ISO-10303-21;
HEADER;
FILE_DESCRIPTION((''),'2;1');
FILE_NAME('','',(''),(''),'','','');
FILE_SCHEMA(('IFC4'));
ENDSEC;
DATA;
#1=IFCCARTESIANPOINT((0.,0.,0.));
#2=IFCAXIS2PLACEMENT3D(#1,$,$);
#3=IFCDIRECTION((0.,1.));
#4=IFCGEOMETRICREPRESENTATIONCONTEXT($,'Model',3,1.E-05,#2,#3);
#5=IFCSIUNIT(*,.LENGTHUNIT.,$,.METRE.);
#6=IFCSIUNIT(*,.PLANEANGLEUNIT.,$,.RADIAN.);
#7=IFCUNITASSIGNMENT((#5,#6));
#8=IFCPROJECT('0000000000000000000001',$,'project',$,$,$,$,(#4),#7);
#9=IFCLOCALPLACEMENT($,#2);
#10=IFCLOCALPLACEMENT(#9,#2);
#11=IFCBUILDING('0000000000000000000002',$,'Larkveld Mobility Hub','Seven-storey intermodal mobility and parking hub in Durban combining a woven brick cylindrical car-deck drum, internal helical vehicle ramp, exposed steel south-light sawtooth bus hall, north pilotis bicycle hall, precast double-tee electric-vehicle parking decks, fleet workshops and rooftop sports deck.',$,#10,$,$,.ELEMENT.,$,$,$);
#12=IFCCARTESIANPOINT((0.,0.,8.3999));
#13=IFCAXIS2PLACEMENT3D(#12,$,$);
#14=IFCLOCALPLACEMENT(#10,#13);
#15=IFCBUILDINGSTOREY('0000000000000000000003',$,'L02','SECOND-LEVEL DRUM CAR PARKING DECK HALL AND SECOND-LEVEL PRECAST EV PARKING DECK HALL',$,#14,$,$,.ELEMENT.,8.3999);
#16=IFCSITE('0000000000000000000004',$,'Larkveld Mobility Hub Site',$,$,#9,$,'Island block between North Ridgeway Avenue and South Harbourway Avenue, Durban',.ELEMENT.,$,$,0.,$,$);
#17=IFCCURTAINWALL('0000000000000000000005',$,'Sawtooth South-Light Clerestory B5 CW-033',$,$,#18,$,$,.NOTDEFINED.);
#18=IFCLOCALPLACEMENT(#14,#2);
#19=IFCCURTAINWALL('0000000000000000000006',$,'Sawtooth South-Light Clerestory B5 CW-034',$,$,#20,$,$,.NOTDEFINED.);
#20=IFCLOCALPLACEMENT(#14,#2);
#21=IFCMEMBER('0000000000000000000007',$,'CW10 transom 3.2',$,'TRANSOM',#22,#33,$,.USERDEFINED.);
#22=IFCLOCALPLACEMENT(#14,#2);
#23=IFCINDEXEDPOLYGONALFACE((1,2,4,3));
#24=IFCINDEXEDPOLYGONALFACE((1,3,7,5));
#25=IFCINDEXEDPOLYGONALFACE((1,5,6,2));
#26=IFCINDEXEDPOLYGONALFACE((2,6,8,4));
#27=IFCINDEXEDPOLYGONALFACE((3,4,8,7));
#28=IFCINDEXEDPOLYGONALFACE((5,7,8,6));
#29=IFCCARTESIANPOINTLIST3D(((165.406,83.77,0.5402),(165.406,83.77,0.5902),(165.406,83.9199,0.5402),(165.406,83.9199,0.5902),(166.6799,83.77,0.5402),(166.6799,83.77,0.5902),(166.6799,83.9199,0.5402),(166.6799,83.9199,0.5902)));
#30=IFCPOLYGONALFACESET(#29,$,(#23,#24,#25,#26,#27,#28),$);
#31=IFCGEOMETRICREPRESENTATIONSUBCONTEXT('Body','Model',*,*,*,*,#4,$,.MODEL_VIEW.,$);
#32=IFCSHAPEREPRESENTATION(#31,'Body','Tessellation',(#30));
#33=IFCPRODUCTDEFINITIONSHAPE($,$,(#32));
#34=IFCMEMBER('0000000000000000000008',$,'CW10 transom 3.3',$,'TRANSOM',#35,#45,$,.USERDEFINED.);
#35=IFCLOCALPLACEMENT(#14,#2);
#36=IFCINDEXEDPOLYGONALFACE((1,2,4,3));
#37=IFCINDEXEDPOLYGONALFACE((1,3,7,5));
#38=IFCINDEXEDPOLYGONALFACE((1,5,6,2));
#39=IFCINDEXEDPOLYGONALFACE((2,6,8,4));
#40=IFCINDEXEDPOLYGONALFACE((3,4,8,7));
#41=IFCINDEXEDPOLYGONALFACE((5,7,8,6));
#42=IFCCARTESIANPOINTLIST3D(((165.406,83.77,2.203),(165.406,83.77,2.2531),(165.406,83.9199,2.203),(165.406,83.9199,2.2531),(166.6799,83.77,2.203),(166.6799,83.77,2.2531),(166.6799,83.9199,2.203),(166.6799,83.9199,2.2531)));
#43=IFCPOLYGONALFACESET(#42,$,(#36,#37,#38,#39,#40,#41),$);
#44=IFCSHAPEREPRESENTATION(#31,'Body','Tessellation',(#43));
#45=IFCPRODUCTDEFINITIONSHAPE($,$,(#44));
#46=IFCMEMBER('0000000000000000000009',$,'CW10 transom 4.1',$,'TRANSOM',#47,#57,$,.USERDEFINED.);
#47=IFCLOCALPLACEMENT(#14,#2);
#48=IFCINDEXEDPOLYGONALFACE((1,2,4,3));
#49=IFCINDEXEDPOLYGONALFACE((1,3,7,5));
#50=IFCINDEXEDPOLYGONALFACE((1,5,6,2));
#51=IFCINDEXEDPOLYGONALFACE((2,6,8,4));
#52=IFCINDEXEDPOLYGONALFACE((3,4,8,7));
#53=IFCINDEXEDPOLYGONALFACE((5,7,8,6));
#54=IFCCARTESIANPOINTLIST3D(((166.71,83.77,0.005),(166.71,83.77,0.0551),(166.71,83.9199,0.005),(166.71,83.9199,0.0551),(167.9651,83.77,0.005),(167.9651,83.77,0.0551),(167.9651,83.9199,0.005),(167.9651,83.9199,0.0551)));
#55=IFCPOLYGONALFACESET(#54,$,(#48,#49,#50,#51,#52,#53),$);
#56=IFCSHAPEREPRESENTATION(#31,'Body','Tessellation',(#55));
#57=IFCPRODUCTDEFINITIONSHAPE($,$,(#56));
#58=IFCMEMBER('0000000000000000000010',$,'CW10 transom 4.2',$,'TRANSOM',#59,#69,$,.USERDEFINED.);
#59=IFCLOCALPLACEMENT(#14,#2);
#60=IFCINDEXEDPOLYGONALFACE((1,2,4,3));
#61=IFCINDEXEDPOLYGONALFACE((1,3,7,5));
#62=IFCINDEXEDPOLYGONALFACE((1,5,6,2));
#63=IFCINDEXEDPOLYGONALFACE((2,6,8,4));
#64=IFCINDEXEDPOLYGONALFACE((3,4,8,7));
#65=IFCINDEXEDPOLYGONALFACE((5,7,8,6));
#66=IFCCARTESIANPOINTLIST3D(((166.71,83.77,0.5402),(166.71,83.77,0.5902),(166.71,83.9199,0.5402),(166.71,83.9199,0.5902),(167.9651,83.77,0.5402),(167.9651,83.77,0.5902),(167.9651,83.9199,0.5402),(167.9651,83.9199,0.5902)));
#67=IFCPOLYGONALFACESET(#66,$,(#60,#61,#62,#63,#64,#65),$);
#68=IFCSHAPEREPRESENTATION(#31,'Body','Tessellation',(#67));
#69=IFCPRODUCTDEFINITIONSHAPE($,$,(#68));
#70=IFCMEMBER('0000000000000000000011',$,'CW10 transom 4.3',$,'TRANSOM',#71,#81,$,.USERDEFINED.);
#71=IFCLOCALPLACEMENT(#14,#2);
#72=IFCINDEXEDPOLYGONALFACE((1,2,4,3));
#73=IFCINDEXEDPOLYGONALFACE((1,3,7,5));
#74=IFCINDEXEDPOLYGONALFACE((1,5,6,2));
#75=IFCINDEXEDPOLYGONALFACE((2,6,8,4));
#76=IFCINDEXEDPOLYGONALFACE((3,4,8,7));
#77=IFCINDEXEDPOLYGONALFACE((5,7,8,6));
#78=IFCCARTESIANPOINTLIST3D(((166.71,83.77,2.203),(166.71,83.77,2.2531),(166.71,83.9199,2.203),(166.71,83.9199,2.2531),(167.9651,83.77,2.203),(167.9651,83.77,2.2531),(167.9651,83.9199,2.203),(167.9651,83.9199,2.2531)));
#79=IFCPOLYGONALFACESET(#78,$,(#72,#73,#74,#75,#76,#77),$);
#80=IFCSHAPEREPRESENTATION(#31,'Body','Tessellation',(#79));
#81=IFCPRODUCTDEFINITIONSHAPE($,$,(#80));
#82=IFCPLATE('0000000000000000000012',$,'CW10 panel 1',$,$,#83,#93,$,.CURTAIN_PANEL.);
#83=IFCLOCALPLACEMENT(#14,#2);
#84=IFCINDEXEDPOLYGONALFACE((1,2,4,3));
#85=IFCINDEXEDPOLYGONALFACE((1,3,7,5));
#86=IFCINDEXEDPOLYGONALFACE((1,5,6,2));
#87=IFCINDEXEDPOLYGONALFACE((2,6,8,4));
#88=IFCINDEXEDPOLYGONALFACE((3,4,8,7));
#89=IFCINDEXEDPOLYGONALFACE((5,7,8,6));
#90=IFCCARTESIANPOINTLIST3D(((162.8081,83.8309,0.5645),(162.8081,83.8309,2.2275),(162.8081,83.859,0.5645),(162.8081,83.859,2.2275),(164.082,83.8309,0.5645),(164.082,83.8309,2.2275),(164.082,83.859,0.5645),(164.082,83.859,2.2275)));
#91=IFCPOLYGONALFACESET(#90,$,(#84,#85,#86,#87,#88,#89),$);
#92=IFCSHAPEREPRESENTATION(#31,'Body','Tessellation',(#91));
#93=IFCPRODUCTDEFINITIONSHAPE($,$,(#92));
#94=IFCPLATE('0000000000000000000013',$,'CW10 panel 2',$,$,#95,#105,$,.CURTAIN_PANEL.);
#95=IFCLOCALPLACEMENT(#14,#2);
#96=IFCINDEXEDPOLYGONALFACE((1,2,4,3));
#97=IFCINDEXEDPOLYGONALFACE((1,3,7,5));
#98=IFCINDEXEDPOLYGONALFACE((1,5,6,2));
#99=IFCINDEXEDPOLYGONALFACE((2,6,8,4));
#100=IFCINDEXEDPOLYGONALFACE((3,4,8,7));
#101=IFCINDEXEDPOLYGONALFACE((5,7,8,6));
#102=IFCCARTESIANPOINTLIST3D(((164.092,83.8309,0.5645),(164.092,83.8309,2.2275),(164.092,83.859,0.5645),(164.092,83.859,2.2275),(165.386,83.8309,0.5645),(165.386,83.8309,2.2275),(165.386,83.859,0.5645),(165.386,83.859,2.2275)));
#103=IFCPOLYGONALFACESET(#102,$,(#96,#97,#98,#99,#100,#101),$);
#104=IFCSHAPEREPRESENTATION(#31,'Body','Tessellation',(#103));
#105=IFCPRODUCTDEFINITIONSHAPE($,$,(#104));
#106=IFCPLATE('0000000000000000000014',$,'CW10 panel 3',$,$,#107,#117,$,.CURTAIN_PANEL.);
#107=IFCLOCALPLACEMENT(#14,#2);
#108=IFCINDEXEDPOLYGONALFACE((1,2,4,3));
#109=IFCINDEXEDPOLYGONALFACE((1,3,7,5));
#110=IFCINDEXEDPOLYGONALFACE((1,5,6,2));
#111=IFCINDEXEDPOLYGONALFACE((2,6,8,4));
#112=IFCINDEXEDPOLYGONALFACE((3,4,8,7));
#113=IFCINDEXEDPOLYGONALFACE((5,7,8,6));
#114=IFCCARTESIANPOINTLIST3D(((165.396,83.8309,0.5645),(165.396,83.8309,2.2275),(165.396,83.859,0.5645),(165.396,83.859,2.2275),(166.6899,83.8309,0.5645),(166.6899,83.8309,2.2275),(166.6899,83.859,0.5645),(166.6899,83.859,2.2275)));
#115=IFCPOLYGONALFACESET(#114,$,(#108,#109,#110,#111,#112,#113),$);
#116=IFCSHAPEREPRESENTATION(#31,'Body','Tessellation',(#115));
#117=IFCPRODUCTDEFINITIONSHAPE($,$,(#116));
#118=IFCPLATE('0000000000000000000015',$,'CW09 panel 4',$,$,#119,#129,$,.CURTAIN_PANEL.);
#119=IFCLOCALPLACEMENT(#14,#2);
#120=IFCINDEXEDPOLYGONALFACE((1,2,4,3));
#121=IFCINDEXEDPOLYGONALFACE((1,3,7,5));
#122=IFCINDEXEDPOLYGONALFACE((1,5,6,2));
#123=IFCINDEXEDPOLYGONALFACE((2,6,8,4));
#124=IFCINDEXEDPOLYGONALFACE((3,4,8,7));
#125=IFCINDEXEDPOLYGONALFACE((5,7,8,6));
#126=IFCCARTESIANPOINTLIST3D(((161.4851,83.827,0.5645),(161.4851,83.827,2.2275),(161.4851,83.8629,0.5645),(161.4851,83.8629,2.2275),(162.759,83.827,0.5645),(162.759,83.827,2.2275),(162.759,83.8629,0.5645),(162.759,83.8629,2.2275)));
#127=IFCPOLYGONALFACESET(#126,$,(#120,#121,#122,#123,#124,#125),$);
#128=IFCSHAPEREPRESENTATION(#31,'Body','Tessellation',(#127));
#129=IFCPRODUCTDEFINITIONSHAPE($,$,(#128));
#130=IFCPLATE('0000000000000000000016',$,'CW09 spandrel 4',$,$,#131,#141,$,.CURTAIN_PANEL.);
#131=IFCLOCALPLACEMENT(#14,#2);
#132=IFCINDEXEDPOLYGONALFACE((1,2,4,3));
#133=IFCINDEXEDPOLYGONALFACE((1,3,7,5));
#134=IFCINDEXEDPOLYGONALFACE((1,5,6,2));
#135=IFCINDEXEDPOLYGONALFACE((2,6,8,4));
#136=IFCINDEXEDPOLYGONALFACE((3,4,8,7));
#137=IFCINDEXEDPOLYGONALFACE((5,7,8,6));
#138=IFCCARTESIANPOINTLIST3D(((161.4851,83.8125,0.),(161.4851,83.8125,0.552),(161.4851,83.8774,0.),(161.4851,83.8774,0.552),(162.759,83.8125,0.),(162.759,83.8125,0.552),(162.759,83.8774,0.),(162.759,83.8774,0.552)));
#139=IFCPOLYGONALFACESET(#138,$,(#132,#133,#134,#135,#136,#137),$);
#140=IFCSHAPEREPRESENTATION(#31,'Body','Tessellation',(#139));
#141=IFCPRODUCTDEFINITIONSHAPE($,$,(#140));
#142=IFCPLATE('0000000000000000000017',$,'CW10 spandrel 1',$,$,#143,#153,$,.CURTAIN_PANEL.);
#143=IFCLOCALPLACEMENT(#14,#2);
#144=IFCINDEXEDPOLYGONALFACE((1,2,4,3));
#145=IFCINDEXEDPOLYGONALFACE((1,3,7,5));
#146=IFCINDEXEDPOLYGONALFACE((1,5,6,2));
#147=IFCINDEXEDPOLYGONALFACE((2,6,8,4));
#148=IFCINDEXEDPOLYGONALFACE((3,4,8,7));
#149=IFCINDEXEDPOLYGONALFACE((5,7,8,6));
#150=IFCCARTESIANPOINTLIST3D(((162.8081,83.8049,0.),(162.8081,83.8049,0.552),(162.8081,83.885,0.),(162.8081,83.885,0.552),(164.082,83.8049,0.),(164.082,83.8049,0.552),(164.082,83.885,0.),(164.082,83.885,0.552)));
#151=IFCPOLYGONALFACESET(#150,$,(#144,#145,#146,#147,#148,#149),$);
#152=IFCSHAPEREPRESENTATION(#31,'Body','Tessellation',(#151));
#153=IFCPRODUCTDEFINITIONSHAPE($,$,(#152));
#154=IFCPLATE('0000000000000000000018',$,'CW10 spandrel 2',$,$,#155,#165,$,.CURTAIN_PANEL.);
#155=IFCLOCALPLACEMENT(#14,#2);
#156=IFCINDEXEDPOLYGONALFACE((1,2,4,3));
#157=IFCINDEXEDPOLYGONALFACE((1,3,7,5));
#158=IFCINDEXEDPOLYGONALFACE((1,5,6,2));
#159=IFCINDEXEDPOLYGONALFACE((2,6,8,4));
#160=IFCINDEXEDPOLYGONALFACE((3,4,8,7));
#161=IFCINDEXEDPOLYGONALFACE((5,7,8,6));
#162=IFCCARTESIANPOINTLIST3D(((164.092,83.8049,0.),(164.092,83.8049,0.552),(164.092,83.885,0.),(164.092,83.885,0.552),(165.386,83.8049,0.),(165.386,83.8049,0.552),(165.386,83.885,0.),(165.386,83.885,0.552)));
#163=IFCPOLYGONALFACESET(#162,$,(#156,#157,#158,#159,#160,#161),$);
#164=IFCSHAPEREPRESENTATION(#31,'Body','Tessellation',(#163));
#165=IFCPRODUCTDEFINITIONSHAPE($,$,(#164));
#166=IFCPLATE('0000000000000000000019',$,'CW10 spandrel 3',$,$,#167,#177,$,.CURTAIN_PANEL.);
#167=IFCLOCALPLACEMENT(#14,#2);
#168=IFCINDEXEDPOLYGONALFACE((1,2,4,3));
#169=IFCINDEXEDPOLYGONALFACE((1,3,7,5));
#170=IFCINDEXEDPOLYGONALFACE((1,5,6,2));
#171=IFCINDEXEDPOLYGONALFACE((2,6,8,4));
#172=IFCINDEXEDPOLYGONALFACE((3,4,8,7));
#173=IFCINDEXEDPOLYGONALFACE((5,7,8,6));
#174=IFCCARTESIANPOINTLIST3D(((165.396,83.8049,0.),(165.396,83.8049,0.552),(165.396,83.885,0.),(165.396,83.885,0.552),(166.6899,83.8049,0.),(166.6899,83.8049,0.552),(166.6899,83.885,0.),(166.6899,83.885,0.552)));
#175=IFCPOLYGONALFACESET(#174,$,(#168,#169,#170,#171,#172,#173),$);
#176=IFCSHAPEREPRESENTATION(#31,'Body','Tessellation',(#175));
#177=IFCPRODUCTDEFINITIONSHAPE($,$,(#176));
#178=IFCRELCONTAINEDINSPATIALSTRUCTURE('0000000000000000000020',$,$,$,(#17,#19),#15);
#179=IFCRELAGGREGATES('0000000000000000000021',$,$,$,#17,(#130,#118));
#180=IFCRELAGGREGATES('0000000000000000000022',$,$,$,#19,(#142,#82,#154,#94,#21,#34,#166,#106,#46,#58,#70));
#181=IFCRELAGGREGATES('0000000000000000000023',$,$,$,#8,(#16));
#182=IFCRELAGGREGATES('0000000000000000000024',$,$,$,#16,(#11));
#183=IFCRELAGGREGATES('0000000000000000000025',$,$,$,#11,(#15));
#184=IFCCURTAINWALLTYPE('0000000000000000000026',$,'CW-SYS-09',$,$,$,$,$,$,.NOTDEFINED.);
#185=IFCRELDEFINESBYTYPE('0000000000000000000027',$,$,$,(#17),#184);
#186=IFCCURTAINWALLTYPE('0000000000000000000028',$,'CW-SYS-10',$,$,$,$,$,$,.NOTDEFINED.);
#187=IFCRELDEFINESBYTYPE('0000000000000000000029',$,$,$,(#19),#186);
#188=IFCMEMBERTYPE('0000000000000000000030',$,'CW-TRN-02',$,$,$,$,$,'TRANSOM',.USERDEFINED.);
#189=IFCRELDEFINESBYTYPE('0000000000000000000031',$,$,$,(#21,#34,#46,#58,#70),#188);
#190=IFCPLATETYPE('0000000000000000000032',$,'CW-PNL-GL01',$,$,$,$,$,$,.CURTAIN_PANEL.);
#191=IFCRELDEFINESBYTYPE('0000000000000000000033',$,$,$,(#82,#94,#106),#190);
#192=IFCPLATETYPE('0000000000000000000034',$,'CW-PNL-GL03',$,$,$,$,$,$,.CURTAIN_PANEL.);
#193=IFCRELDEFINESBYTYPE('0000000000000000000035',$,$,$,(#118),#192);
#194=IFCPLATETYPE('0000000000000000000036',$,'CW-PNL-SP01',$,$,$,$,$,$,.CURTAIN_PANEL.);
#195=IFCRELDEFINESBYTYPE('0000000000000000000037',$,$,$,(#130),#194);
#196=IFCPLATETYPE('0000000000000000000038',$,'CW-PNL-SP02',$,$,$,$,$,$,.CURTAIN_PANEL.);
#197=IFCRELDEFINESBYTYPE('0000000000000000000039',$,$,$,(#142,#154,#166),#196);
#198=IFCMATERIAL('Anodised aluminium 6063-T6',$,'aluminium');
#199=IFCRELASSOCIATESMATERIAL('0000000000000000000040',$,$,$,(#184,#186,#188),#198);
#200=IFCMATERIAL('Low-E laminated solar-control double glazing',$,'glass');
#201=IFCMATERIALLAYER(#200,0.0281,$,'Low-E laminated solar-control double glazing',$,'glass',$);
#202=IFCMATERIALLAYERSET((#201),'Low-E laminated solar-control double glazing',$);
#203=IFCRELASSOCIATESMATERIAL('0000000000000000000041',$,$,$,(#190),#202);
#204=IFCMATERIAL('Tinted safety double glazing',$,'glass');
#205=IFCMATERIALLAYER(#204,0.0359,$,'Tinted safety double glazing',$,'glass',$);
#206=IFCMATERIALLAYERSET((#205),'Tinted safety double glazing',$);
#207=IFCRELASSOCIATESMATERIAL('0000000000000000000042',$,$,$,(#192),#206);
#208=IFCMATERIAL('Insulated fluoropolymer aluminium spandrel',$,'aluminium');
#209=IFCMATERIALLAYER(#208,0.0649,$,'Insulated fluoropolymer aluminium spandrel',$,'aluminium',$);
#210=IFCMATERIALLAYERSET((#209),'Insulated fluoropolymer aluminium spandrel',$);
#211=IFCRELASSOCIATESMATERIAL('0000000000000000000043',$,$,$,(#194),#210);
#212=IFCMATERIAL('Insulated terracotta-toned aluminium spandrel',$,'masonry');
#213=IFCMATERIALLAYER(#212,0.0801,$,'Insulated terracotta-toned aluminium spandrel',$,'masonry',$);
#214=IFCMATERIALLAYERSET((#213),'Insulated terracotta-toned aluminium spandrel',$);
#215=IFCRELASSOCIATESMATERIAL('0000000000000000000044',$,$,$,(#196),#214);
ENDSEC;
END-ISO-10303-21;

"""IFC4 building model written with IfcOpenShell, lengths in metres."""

from ifc_helpers import new_model, si_unit, direction, frame, origin, origin_2d, place, context, subcontext, project, spatial, rectangle, extrude, material, layer, layer_set, material_profile, profile_set, type_object, element, aggregate, save


model = new_model("IFC4")

# Units and contexts
model_context = context("Model", 3, precision=1e-05, world=origin(), true_north=direction((0.0, 1.0)))
body_context = subcontext(model_context, "Body", "Model", "MODEL_VIEW")
ifc_project = project(units=[si_unit("LENGTHUNIT", "METRE"), si_unit("PLANEANGLEUNIT", "RADIAN")], contexts=[model_context])

# Site, building, storey
site_placement = place(None, origin())
site = spatial("IfcSite", under=ifc_project, at=site_placement, Name="Larkveld Mobility Hub Site", LongName="Island block between North Ridgeway Avenue and South Harbourway Avenue, Durban", CompositionType="ELEMENT", RefElevation=0.0)
building_placement = place(site_placement, origin())
building = spatial("IfcBuilding", under=site, at=building_placement, Name="Larkveld Mobility Hub", Description="Seven-storey intermodal mobility and parking hub in Durban combining a woven brick cylindrical car-deck drum, internal helical vehicle ramp, exposed steel south-light sawtooth bus hall, north pilotis bicycle hall, precast double-tee electric-vehicle parking decks, fleet workshops and rooftop sports deck.", CompositionType="ELEMENT")
storey_placement = place(building_placement, frame((0.0, 0.0, 8.3999)))
storey = spatial("IfcBuildingStorey", under=building, at=storey_placement, Name="L02", Description="SECOND-LEVEL DRUM CAR PARKING DECK HALL AND SECOND-LEVEL PRECAST EV PARKING DECK HALL", CompositionType="ELEMENT", Elevation=8.3999)

# Curtain wall
ifc_material_1 = material(Name="Anodised aluminium 6063-T6", Category="aluminium")
curtain_wall_type_1 = type_object("IfcCurtainWallType", Name="CW-SYS-09", PredefinedType="NOTDEFINED", material=ifc_material_1)
curtain_wall_1_placement = place(storey_placement, origin())
curtain_wall_1 = element("IfcCurtainWall", 1, at=curtain_wall_1_placement, inside=storey, type_object=curtain_wall_type_1, Name="Sawtooth South-Light Clerestory B5 CW-033", PredefinedType="NOTDEFINED")

# Curtain wall
curtain_wall_type_2 = type_object("IfcCurtainWallType", Name="CW-SYS-10", PredefinedType="NOTDEFINED", material=ifc_material_1)
curtain_wall_2_placement = place(storey_placement, origin())
curtain_wall_2 = element("IfcCurtainWall", 2, at=curtain_wall_2_placement, inside=storey, type_object=curtain_wall_type_2, Name="Sawtooth South-Light Clerestory B5 CW-034", PredefinedType="NOTDEFINED")

# Members
ifc_material_profile_1 = material_profile(ifc_material_1, rectangle(XDim=0.1499, YDim=0.05, at=origin_2d()), Name="ALU TRAN 50x150")
ifc_profile_set_1 = profile_set([ifc_material_profile_1], Name="Anodised aluminium 6063-T6")
member_type_1 = type_object("IfcMemberType", Name="CW-TRN-02", ElementType="TRANSOM", PredefinedType="USERDEFINED", material=ifc_profile_set_1)
member_1_placement = place(storey_placement, frame((165.406, 83.845, 0.5652), z_axis=(1.0, 0.0, 0.0), x_axis=(0.0, 1.0, 0.0)))
member_1 = element("IfcMember", 3, at=member_1_placement, type_object=member_type_1, Name="CW10 transom 3.2", ObjectType="TRANSOM", PredefinedType="USERDEFINED", context=body_context, shape_type="SweptSolid", body=[
    extrude(rectangle(XDim=0.1499, YDim=0.05, at=origin_2d()), origin(), (0.0, 0.0, 1.0), 1.2739),
])
member_2_placement = place(storey_placement, frame((165.406, 83.845, 2.228), z_axis=(1.0, 0.0, 0.0), x_axis=(0.0, 1.0, 0.0)))
member_2 = element("IfcMember", 4, at=member_2_placement, type_object=member_type_1, Name="CW10 transom 3.3", ObjectType="TRANSOM", PredefinedType="USERDEFINED", context=body_context, shape_type="SweptSolid", body=[
    extrude(rectangle(XDim=0.1499, YDim=0.05, at=origin_2d()), origin(), (0.0, 0.0, 1.0), 1.2739),
])
member_3_placement = place(storey_placement, frame((166.71, 83.845, 0.03), z_axis=(1.0, 0.0, 0.0), x_axis=(0.0, 1.0, 0.0)))
member_3 = element("IfcMember", 5, at=member_3_placement, type_object=member_type_1, Name="CW10 transom 4.1", ObjectType="TRANSOM", PredefinedType="USERDEFINED", context=body_context, shape_type="SweptSolid", body=[
    extrude(rectangle(XDim=0.1499, YDim=0.05, at=origin_2d()), origin(), (0.0, 0.0, 1.0), 1.2551),
])
member_4_placement = place(storey_placement, frame((166.71, 83.845, 0.5652), z_axis=(1.0, 0.0, 0.0), x_axis=(0.0, 1.0, 0.0)))
member_4 = element("IfcMember", 6, at=member_4_placement, type_object=member_type_1, Name="CW10 transom 4.2", ObjectType="TRANSOM", PredefinedType="USERDEFINED", context=body_context, shape_type="SweptSolid", body=[
    extrude(rectangle(XDim=0.1499, YDim=0.05, at=origin_2d()), origin(), (0.0, 0.0, 1.0), 1.2551),
])
member_5_placement = place(storey_placement, frame((166.71, 83.845, 2.228), z_axis=(1.0, 0.0, 0.0), x_axis=(0.0, 1.0, 0.0)))
member_5 = element("IfcMember", 7, at=member_5_placement, type_object=member_type_1, Name="CW10 transom 4.3", ObjectType="TRANSOM", PredefinedType="USERDEFINED", context=body_context, shape_type="SweptSolid", body=[
    extrude(rectangle(XDim=0.1499, YDim=0.05, at=origin_2d()), origin(), (0.0, 0.0, 1.0), 1.2551),
])

# Plates
ifc_material_2 = material(Name="Low-E laminated solar-control double glazing", Category="glass")
ifc_layer_1 = layer(ifc_material_2, 0.0281, Name="Low-E laminated solar-control double glazing", Category="glass")
ifc_layer_set_1 = layer_set([ifc_layer_1], Name="Low-E laminated solar-control double glazing")
plate_type_1 = type_object("IfcPlateType", Name="CW-PNL-GL01", PredefinedType="CURTAIN_PANEL", material=ifc_layer_set_1)
plate_1_placement = place(storey_placement, frame((163.4451, 83.845, 0.5645), z_axis=(0.0, 0.0, 1.0), x_axis=(1.0, 0.0, 0.0)))
plate_1 = element("IfcPlate", 8, at=plate_1_placement, type_object=plate_type_1, Name="CW10 panel 1", PredefinedType="CURTAIN_PANEL", context=body_context, shape_type="SweptSolid", body=[
    extrude(rectangle(XDim=1.2739, YDim=0.0281, at=origin_2d()), origin(), (0.0, 0.0, 1.0), 1.6631),
])
plate_2_placement = place(storey_placement, frame((164.739, 83.845, 0.5645), z_axis=(0.0, 0.0, 1.0), x_axis=(1.0, 0.0, 0.0)))
plate_2 = element("IfcPlate", 9, at=plate_2_placement, type_object=plate_type_1, Name="CW10 panel 2", PredefinedType="CURTAIN_PANEL", context=body_context, shape_type="SweptSolid", body=[
    extrude(rectangle(XDim=1.2939, YDim=0.0281, at=origin_2d()), origin(), (0.0, 0.0, 1.0), 1.6631),
])
plate_3_placement = place(storey_placement, frame((166.043, 83.845, 0.5645), z_axis=(0.0, 0.0, 1.0), x_axis=(1.0, 0.0, 0.0)))
plate_3 = element("IfcPlate", 10, at=plate_3_placement, type_object=plate_type_1, Name="CW10 panel 3", PredefinedType="CURTAIN_PANEL", context=body_context, shape_type="SweptSolid", body=[
    extrude(rectangle(XDim=1.2939, YDim=0.0281, at=origin_2d()), origin(), (0.0, 0.0, 1.0), 1.6631),
])
ifc_material_3 = material(Name="Tinted safety double glazing", Category="glass")
ifc_layer_2 = layer(ifc_material_3, 0.0359, Name="Tinted safety double glazing", Category="glass")
ifc_layer_set_2 = layer_set([ifc_layer_2], Name="Tinted safety double glazing")
plate_type_2 = type_object("IfcPlateType", Name="CW-PNL-GL03", PredefinedType="CURTAIN_PANEL", material=ifc_layer_set_2)
plate_4_placement = place(storey_placement, frame((162.1221, 83.845, 0.5645), z_axis=(0.0, 0.0, 1.0), x_axis=(1.0, 0.0, 0.0)))
plate_4 = element("IfcPlate", 11, at=plate_4_placement, type_object=plate_type_2, Name="CW09 panel 4", PredefinedType="CURTAIN_PANEL", context=body_context, shape_type="SweptSolid", body=[
    extrude(rectangle(XDim=1.2739, YDim=0.0359, at=origin_2d()), origin(), (0.0, 0.0, 1.0), 1.6631),
])
ifc_material_4 = material(Name="Insulated fluoropolymer aluminium spandrel", Category="aluminium")
ifc_layer_3 = layer(ifc_material_4, 0.0649, Name="Insulated fluoropolymer aluminium spandrel", Category="aluminium")
ifc_layer_set_3 = layer_set([ifc_layer_3], Name="Insulated fluoropolymer aluminium spandrel")
plate_type_3 = type_object("IfcPlateType", Name="CW-PNL-SP01", PredefinedType="CURTAIN_PANEL", material=ifc_layer_set_3)
plate_5_placement = place(storey_placement, frame((162.1221, 83.845, 0.0), z_axis=(0.0, 0.0, 1.0), x_axis=(1.0, 0.0, 0.0)))
plate_5 = element("IfcPlate", 12, at=plate_5_placement, type_object=plate_type_3, Name="CW09 spandrel 4", PredefinedType="CURTAIN_PANEL", context=body_context, shape_type="SweptSolid", body=[
    extrude(rectangle(XDim=1.2739, YDim=0.0649, at=origin_2d()), origin(), (0.0, 0.0, 1.0), 0.552),
])
aggregate(curtain_wall_1, [plate_5, plate_4])
ifc_material_5 = material(Name="Insulated terracotta-toned aluminium spandrel", Category="masonry")
ifc_layer_4 = layer(ifc_material_5, 0.0801, Name="Insulated terracotta-toned aluminium spandrel", Category="masonry")
ifc_layer_set_4 = layer_set([ifc_layer_4], Name="Insulated terracotta-toned aluminium spandrel")
plate_type_4 = type_object("IfcPlateType", Name="CW-PNL-SP02", PredefinedType="CURTAIN_PANEL", material=ifc_layer_set_4)
plate_6_placement = place(storey_placement, frame((163.4451, 83.845, 0.0), z_axis=(0.0, 0.0, 1.0), x_axis=(1.0, 0.0, 0.0)))
plate_6 = element("IfcPlate", 13, at=plate_6_placement, type_object=plate_type_4, Name="CW10 spandrel 1", PredefinedType="CURTAIN_PANEL", context=body_context, shape_type="SweptSolid", body=[
    extrude(rectangle(XDim=1.2739, YDim=0.0801, at=origin_2d()), origin(), (0.0, 0.0, 1.0), 0.552),
])
plate_7_placement = place(storey_placement, frame((164.739, 83.845, 0.0), z_axis=(0.0, 0.0, 1.0), x_axis=(1.0, 0.0, 0.0)))
plate_7 = element("IfcPlate", 14, at=plate_7_placement, type_object=plate_type_4, Name="CW10 spandrel 2", PredefinedType="CURTAIN_PANEL", context=body_context, shape_type="SweptSolid", body=[
    extrude(rectangle(XDim=1.2939, YDim=0.0801, at=origin_2d()), origin(), (0.0, 0.0, 1.0), 0.552),
])
plate_8_placement = place(storey_placement, frame((166.043, 83.845, 0.0), z_axis=(0.0, 0.0, 1.0), x_axis=(1.0, 0.0, 0.0)))
plate_8 = element("IfcPlate", 15, at=plate_8_placement, type_object=plate_type_4, Name="CW10 spandrel 3", PredefinedType="CURTAIN_PANEL", context=body_context, shape_type="SweptSolid", body=[
    extrude(rectangle(XDim=1.2939, YDim=0.0801, at=origin_2d()), origin(), (0.0, 0.0, 1.0), 0.552),
])
aggregate(curtain_wall_2, [plate_6, plate_1, plate_7, plate_2, member_1, member_2, plate_8, plate_3, member_3, member_4, member_5])

save(model, "model.ifc")
